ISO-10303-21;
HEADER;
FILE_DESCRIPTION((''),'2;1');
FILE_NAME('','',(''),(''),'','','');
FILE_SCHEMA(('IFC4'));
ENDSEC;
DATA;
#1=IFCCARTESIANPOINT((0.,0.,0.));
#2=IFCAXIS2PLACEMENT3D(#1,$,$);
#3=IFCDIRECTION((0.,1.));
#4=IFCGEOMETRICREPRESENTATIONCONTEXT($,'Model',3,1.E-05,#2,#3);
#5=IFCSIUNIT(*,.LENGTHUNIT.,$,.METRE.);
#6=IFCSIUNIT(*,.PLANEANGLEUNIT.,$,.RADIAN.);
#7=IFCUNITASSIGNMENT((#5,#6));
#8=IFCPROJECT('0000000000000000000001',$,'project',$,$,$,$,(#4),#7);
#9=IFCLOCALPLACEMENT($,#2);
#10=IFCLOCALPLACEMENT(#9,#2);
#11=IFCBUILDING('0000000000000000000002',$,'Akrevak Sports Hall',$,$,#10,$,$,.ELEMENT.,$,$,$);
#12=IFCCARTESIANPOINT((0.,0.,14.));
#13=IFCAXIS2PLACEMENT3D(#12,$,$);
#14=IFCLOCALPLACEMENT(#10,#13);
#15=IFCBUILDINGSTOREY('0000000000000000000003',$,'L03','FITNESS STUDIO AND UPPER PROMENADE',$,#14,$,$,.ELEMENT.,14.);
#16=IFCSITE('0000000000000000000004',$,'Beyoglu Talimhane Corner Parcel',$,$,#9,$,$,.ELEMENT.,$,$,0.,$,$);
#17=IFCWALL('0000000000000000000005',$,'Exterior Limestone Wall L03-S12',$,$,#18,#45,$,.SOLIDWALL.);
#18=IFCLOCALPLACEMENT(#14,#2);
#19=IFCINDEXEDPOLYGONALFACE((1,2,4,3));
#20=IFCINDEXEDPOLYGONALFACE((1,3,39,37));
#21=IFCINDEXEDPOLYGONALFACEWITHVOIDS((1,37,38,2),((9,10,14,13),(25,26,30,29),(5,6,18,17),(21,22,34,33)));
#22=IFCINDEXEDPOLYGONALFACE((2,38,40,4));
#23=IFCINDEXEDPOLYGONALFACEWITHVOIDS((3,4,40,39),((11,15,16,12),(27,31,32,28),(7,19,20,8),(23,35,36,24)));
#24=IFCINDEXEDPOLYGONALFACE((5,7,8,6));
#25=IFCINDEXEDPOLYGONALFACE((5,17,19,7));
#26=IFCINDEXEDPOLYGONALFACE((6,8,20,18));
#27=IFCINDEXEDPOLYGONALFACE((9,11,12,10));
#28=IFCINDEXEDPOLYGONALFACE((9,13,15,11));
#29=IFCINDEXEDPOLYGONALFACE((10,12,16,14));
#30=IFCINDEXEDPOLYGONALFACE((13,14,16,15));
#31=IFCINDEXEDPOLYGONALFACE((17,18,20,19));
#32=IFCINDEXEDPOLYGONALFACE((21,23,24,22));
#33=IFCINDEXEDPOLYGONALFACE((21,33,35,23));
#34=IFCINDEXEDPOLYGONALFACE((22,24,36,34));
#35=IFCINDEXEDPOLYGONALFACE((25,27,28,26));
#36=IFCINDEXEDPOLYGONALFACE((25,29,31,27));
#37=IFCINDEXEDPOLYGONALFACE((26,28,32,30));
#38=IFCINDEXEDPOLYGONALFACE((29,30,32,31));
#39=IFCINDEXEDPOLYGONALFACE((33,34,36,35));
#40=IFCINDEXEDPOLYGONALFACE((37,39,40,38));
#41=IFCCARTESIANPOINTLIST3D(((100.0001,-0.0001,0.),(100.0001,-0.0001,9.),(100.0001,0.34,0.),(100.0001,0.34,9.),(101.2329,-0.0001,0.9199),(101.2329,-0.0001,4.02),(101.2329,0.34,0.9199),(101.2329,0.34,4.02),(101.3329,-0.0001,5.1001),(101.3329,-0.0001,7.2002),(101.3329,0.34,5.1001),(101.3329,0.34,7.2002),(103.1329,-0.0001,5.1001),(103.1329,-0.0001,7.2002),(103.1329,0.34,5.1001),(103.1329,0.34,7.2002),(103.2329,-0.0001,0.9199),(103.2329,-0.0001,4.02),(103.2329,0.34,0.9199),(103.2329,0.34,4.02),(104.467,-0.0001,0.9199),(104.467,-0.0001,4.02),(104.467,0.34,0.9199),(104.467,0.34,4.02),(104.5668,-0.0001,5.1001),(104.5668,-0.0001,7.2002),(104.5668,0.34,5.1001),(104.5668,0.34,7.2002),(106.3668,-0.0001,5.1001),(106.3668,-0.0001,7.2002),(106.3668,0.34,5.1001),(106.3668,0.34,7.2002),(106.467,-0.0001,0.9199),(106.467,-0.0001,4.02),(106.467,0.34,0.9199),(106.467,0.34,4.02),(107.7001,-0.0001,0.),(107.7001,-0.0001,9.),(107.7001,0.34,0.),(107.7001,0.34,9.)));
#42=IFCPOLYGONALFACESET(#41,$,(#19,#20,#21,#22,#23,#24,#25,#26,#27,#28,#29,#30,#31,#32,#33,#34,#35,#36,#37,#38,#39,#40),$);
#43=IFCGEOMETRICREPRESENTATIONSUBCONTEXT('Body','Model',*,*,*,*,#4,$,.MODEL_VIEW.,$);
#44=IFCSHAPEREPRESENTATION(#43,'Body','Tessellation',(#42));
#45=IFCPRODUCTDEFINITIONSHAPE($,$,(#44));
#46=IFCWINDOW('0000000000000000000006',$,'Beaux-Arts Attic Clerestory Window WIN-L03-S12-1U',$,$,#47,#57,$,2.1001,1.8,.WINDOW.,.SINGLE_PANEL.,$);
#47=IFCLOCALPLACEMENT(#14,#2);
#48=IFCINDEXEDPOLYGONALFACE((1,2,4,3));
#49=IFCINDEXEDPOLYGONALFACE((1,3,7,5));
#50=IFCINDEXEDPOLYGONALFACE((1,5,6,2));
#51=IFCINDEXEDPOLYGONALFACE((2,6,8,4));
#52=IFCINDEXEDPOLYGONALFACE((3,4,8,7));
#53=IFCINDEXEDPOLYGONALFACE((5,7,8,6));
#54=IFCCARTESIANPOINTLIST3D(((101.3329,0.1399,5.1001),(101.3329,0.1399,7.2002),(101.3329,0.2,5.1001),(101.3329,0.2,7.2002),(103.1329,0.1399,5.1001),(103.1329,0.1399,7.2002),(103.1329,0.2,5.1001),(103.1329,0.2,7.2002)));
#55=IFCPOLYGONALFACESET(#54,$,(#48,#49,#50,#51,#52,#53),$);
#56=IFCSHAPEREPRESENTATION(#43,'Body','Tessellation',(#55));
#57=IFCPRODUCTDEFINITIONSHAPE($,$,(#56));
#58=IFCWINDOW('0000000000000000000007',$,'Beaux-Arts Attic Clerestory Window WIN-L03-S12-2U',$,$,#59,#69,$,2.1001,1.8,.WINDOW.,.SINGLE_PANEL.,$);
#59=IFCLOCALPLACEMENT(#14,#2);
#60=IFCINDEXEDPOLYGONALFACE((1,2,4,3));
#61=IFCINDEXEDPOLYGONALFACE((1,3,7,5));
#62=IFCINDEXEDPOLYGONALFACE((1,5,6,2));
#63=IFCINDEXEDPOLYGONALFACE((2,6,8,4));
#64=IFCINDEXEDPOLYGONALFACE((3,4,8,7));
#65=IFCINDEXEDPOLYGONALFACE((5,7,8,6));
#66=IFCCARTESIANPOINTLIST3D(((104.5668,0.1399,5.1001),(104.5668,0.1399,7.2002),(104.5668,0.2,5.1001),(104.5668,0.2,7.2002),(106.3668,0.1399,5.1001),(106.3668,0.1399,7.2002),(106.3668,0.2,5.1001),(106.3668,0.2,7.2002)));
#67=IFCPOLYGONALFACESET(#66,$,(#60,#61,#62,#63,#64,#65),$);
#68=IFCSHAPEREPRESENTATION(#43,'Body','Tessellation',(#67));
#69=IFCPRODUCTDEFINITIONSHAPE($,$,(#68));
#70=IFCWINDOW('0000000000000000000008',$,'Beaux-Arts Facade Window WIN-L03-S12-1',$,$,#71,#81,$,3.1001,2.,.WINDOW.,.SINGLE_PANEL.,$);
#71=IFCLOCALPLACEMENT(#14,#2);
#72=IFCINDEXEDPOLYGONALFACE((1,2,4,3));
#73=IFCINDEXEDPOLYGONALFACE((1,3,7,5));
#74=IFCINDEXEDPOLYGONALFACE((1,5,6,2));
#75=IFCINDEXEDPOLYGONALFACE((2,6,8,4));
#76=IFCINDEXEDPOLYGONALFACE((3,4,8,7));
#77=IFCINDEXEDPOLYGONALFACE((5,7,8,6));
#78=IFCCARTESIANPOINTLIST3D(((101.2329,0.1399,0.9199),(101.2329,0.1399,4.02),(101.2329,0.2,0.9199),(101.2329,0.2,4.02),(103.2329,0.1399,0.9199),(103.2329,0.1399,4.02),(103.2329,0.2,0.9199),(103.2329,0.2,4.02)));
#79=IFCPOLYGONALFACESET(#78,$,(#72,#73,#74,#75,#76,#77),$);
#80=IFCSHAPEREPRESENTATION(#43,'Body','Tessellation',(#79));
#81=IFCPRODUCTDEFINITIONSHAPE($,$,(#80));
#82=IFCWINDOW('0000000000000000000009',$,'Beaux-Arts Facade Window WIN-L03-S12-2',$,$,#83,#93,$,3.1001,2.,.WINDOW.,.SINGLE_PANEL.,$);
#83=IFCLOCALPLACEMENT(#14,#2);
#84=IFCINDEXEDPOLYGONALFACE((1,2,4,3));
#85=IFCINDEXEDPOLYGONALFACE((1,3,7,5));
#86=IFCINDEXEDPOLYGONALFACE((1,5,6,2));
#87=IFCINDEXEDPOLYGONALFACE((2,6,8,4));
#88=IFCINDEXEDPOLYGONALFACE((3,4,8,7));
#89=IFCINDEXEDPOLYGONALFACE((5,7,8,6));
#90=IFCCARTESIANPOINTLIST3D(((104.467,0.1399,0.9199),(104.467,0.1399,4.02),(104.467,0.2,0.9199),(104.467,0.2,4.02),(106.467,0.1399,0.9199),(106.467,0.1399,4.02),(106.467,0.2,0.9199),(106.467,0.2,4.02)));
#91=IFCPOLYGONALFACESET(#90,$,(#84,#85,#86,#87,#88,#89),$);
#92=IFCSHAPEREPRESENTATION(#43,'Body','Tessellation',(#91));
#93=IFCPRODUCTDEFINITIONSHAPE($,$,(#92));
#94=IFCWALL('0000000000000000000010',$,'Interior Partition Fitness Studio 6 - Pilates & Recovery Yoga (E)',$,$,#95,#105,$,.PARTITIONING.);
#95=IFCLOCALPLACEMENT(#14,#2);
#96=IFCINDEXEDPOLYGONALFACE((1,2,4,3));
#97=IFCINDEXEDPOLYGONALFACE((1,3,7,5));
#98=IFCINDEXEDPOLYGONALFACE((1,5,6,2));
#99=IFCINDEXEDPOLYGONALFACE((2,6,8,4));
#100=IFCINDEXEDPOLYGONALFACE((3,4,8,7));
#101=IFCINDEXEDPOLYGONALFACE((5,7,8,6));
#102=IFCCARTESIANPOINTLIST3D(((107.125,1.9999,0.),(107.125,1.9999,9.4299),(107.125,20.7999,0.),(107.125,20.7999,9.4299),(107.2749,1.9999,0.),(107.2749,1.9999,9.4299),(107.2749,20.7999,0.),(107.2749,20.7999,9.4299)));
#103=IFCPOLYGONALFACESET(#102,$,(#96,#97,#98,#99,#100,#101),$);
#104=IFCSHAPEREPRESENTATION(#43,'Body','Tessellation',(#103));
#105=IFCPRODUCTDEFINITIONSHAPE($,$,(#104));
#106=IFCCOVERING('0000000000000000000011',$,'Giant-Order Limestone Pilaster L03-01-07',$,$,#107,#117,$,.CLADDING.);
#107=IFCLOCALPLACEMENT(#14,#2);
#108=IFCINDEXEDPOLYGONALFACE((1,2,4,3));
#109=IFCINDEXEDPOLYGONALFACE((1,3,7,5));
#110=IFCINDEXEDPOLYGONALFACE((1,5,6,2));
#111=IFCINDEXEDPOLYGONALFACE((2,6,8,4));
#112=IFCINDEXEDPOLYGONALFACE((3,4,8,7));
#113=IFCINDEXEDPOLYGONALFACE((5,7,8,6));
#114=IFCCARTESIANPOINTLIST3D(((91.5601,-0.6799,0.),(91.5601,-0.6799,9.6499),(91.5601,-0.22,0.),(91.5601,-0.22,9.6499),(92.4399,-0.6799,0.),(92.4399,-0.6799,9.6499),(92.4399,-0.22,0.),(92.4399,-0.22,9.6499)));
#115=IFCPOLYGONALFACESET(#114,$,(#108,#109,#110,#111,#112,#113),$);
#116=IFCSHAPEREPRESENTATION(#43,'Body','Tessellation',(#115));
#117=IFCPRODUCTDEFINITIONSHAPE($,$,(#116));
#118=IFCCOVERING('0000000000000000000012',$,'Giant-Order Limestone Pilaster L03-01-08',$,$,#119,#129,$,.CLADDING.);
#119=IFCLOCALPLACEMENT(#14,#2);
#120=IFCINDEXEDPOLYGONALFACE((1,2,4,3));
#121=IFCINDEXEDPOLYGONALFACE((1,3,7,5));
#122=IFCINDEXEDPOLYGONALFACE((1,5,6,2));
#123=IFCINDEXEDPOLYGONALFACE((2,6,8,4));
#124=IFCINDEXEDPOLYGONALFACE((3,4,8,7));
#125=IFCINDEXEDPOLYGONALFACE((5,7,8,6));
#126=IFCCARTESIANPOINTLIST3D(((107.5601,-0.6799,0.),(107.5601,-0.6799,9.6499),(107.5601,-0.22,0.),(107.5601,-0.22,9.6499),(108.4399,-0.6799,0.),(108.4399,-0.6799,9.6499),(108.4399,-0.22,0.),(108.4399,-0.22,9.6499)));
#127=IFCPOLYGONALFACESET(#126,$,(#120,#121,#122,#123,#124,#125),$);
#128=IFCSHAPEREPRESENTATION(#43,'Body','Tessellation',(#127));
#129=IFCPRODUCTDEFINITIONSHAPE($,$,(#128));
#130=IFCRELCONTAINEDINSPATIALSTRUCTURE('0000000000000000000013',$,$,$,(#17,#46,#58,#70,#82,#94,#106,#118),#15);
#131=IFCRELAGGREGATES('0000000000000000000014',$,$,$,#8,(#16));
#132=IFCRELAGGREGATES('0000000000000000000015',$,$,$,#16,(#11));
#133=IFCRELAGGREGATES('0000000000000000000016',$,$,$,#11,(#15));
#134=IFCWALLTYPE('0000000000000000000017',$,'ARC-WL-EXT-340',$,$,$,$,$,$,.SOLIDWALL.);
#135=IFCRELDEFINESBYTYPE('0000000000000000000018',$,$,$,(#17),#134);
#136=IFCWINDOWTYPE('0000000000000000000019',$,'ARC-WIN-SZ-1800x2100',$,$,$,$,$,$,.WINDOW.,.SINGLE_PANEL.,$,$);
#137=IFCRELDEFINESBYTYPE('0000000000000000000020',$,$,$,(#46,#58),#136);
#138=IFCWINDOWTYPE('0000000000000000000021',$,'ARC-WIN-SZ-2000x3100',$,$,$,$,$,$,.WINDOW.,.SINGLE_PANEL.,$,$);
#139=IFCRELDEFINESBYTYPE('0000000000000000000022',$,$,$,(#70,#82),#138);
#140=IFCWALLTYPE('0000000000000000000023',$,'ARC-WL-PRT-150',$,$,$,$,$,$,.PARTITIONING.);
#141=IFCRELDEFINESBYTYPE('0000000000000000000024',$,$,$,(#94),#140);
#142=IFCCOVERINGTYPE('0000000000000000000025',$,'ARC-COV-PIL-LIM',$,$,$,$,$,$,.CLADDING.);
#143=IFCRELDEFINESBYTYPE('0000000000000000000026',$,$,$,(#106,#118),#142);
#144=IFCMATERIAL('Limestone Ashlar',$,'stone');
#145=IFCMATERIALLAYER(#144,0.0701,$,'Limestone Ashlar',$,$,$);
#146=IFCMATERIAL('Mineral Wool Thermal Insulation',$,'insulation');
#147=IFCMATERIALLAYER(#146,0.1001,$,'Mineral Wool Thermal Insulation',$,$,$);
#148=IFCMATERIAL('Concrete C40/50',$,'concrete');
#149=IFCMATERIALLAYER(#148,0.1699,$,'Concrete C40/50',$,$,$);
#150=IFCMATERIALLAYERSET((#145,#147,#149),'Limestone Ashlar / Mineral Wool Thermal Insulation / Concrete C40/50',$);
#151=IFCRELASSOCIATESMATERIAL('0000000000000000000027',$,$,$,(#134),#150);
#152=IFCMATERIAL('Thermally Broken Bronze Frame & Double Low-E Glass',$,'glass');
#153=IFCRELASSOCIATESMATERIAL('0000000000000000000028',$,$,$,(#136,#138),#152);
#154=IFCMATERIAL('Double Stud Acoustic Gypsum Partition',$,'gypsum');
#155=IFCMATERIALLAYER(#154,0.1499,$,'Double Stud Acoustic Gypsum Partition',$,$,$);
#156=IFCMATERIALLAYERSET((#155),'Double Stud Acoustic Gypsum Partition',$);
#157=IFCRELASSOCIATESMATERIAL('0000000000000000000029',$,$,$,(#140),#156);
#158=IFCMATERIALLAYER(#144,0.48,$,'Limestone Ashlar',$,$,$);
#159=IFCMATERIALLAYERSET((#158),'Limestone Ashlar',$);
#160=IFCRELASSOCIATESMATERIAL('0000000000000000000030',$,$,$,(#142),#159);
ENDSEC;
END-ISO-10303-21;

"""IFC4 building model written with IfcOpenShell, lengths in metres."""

from ifc_helpers import new_model, si_unit, direction, frame, frame_2d, origin, origin_2d, place, context, subcontext, project, spatial, rectangle, extrude, material, layer, layer_set, type_object, element, fill, save


model = new_model("IFC4")

# Units and contexts
model_context = context("Model", 3, precision=1e-05, world=origin(), true_north=direction((0.0, 1.0)))
body_context = subcontext(model_context, "Body", "Model", "MODEL_VIEW")
ifc_project = project(units=[si_unit("LENGTHUNIT", "METRE"), si_unit("PLANEANGLEUNIT", "RADIAN")], contexts=[model_context])

# Site, building, storey
site_placement = place(None, origin())
site = spatial("IfcSite", under=ifc_project, at=site_placement, Name="Beyoglu Talimhane Corner Parcel", CompositionType="ELEMENT", RefElevation=0.0)
building_placement = place(site_placement, origin())
building = spatial("IfcBuilding", under=site, at=building_placement, Name="Akrevak Sports Hall", CompositionType="ELEMENT")
storey_placement = place(building_placement, frame((0.0, 0.0, 14.0)))
storey = spatial("IfcBuildingStorey", under=building, at=storey_placement, Name="L03", Description="FITNESS STUDIO AND UPPER PROMENADE", CompositionType="ELEMENT", Elevation=14.0)

# Shared definitions
ifc_material_1 = material(Name="Concrete C40/50", Category="concrete")

# Wall, openings, windows
ifc_material_2 = material(Name="Limestone Ashlar", Category="stone")
ifc_layer_1 = layer(ifc_material_2, 0.0701, Name="Limestone Ashlar")
ifc_material_3 = material(Name="Mineral Wool Thermal Insulation", Category="insulation")
ifc_layer_2 = layer(ifc_material_3, 0.1001, Name="Mineral Wool Thermal Insulation")
ifc_layer_3 = layer(ifc_material_1, 0.1699, Name="Concrete C40/50")
ifc_layer_set_1 = layer_set([ifc_layer_1, ifc_layer_2, ifc_layer_3], Name="Limestone Ashlar / Mineral Wool Thermal Insulation / Concrete C40/50")
wall_type_1 = type_object("IfcWallType", Name="ARC-WL-EXT-340", PredefinedType="SOLIDWALL", material=ifc_layer_set_1)
ifc_material_4 = material(Name="Thermally Broken Bronze Frame & Double Low-E Glass", Category="glass")
window_type_1 = type_object("IfcWindowType", Name="ARC-WIN-SZ-1800x2100", PartitioningType="SINGLE_PANEL", PredefinedType="WINDOW", material=ifc_material_4)
window_type_2 = type_object("IfcWindowType", Name="ARC-WIN-SZ-2000x3100", PartitioningType="SINGLE_PANEL", PredefinedType="WINDOW", material=ifc_material_4)
wall_1_placement = place(storey_placement, frame((100.0, 0.1699, 0.0), z_axis=(0.0, 0.0, 1.0), x_axis=(1.0, 0.0, 0.0)))
wall_1 = element("IfcWall", 1, at=wall_1_placement, inside=storey, type_object=wall_type_1, Name="Exterior Limestone Wall L03-S12", PredefinedType="SOLIDWALL", context=body_context, shape_type="SweptSolid", body=[
    extrude(rectangle(XDim=7.7, YDim=0.3401, at=frame_2d((3.8501, 0.0))), origin(), (0.0, 0.0, 1.0), 9.0),
])
opening_1_placement = place(wall_1_placement, frame((1.2329, 0.0, 0.9199)))
opening_1 = element("IfcOpeningElement", 2, at=opening_1_placement, cuts=wall_1, PredefinedType="OPENING", context=body_context, shape_type="SweptSolid", body=[
    extrude(rectangle(XDim=2.0, YDim=3.1001, at=frame_2d((1.0, 1.55))), frame((0.0, 0.1821, 0.0), z_axis=(0.0, -1.0, 0.0), x_axis=(1.0, 0.0, 0.0)), (0.0, 0.0, 1.0), 0.364),
])
opening_2_placement = place(wall_1_placement, frame((1.333, 0.0, 5.1001)))
opening_2 = element("IfcOpeningElement", 3, at=opening_2_placement, cuts=wall_1, PredefinedType="OPENING", context=body_context, shape_type="SweptSolid", body=[
    extrude(rectangle(XDim=1.8, YDim=2.1001, at=frame_2d((0.8999, 1.05))), frame((0.0, 0.1821, 0.0), z_axis=(0.0, -1.0, 0.0), x_axis=(1.0, 0.0, 0.0)), (0.0, 0.0, 1.0), 0.364),
])
opening_3_placement = place(wall_1_placement, frame((4.467, 0.0, 0.9199)))
opening_3 = element("IfcOpeningElement", 4, at=opening_3_placement, cuts=wall_1, PredefinedType="OPENING", context=body_context, shape_type="SweptSolid", body=[
    extrude(rectangle(XDim=2.0, YDim=3.1001, at=frame_2d((1.0, 1.55))), frame((0.0, 0.1821, 0.0), z_axis=(0.0, -1.0, 0.0), x_axis=(1.0, 0.0, 0.0)), (0.0, 0.0, 1.0), 0.364),
])
opening_4_placement = place(wall_1_placement, frame((4.5669, 0.0, 5.1001)))
opening_4 = element("IfcOpeningElement", 5, at=opening_4_placement, cuts=wall_1, PredefinedType="OPENING", context=body_context, shape_type="SweptSolid", body=[
    extrude(rectangle(XDim=1.8, YDim=2.1001, at=frame_2d((0.8999, 1.05))), frame((0.0, 0.1821, 0.0), z_axis=(0.0, -1.0, 0.0), x_axis=(1.0, 0.0, 0.0)), (0.0, 0.0, 1.0), 0.364),
])
window_1_placement = place(opening_2_placement, origin())
window_1 = element("IfcWindow", 6, at=window_1_placement, inside=storey, type_object=window_type_1, Name="Beaux-Arts Attic Clerestory Window WIN-L03-S12-1U", OverallHeight=2.1001, OverallWidth=1.8, PartitioningType="SINGLE_PANEL", PredefinedType="WINDOW", context=body_context, shape_type="SweptSolid", body=[
    extrude(rectangle(XDim=1.8, YDim=2.1001, at=frame_2d((0.8999, 1.05))), frame((0.0, 0.03, 0.0), z_axis=(0.0, -1.0, 0.0), x_axis=(1.0, 0.0, 0.0)), (0.0, 0.0, 1.0), 0.0601),
])
fill(opening_2, window_1)
window_2_placement = place(opening_4_placement, origin())
window_2 = element("IfcWindow", 7, at=window_2_placement, inside=storey, type_object=window_type_1, Name="Beaux-Arts Attic Clerestory Window WIN-L03-S12-2U", OverallHeight=2.1001, OverallWidth=1.8, PartitioningType="SINGLE_PANEL", PredefinedType="WINDOW", context=body_context, shape_type="SweptSolid", body=[
    extrude(rectangle(XDim=1.8, YDim=2.1001, at=frame_2d((0.8999, 1.05))), frame((0.0, 0.03, 0.0), z_axis=(0.0, -1.0, 0.0), x_axis=(1.0, 0.0, 0.0)), (0.0, 0.0, 1.0), 0.0601),
])
fill(opening_4, window_2)
window_3_placement = place(opening_1_placement, origin())
window_3 = element("IfcWindow", 8, at=window_3_placement, inside=storey, type_object=window_type_2, Name="Beaux-Arts Facade Window WIN-L03-S12-1", OverallHeight=3.1001, OverallWidth=2.0, PartitioningType="SINGLE_PANEL", PredefinedType="WINDOW", context=body_context, shape_type="SweptSolid", body=[
    extrude(rectangle(XDim=2.0, YDim=3.1001, at=frame_2d((1.0, 1.55))), frame((0.0, 0.03, 0.0), z_axis=(0.0, -1.0, 0.0), x_axis=(1.0, 0.0, 0.0)), (0.0, 0.0, 1.0), 0.0601),
])
fill(opening_1, window_3)
window_4_placement = place(opening_3_placement, origin())
window_4 = element("IfcWindow", 9, at=window_4_placement, inside=storey, type_object=window_type_2, Name="Beaux-Arts Facade Window WIN-L03-S12-2", OverallHeight=3.1001, OverallWidth=2.0, PartitioningType="SINGLE_PANEL", PredefinedType="WINDOW", context=body_context, shape_type="SweptSolid", body=[
    extrude(rectangle(XDim=2.0, YDim=3.1001, at=frame_2d((1.0, 1.55))), frame((0.0, 0.03, 0.0), z_axis=(0.0, -1.0, 0.0), x_axis=(1.0, 0.0, 0.0)), (0.0, 0.0, 1.0), 0.0601),
])
fill(opening_3, window_4)

# Wall
ifc_material_5 = material(Name="Double Stud Acoustic Gypsum Partition", Category="gypsum")
ifc_layer_4 = layer(ifc_material_5, 0.1499, Name="Double Stud Acoustic Gypsum Partition")
ifc_layer_set_2 = layer_set([ifc_layer_4], Name="Double Stud Acoustic Gypsum Partition")
wall_type_2 = type_object("IfcWallType", Name="ARC-WL-PRT-150", PredefinedType="PARTITIONING", material=ifc_layer_set_2)
wall_2_placement = place(storey_placement, frame((107.2, 2.0, 0.0), z_axis=(0.0, 0.0, 1.0), x_axis=(0.0, 1.0, 0.0)))
element("IfcWall", 10, at=wall_2_placement, inside=storey, type_object=wall_type_2, Name="Interior Partition Fitness Studio 6 - Pilates & Recovery Yoga (E)", PredefinedType="PARTITIONING", context=body_context, shape_type="SweptSolid", body=[
    extrude(rectangle(XDim=18.8, YDim=0.1499, at=frame_2d((9.3999, 0.0))), origin(), (0.0, 0.0, 1.0), 9.4299),
])

# Coverings
ifc_layer_5 = layer(ifc_material_2, 0.48, Name="Limestone Ashlar")
ifc_layer_set_3 = layer_set([ifc_layer_5], Name="Limestone Ashlar")
covering_type = type_object("IfcCoveringType", Name="ARC-COV-PIL-LIM", PredefinedType="CLADDING", material=ifc_layer_set_3)
for number, where, z_axis, x_axis, name in (
    (11, (92.0, -0.45, 0.0), (0.0, 0.0, 1.0), (1.0, 0.0, 0.0), "Giant-Order Limestone Pilaster L03-01-07"),
    (12, (108.0, -0.45, 0.0), (0.0, 0.0, 1.0), (1.0, 0.0, 0.0), "Giant-Order Limestone Pilaster L03-01-08"),
):
    element("IfcCovering", number, at=place(storey_placement, frame(where, z_axis=z_axis, x_axis=x_axis)), inside=storey, type_object=covering_type, Name=name, PredefinedType="CLADDING", context=body_context, shape_type="SweptSolid", body=[
        extrude(rectangle(XDim=0.8799, YDim=0.46, at=origin_2d()), origin(), (0.0, 0.0, 1.0), 9.6499),
    ])

save(model, "model.ifc")
